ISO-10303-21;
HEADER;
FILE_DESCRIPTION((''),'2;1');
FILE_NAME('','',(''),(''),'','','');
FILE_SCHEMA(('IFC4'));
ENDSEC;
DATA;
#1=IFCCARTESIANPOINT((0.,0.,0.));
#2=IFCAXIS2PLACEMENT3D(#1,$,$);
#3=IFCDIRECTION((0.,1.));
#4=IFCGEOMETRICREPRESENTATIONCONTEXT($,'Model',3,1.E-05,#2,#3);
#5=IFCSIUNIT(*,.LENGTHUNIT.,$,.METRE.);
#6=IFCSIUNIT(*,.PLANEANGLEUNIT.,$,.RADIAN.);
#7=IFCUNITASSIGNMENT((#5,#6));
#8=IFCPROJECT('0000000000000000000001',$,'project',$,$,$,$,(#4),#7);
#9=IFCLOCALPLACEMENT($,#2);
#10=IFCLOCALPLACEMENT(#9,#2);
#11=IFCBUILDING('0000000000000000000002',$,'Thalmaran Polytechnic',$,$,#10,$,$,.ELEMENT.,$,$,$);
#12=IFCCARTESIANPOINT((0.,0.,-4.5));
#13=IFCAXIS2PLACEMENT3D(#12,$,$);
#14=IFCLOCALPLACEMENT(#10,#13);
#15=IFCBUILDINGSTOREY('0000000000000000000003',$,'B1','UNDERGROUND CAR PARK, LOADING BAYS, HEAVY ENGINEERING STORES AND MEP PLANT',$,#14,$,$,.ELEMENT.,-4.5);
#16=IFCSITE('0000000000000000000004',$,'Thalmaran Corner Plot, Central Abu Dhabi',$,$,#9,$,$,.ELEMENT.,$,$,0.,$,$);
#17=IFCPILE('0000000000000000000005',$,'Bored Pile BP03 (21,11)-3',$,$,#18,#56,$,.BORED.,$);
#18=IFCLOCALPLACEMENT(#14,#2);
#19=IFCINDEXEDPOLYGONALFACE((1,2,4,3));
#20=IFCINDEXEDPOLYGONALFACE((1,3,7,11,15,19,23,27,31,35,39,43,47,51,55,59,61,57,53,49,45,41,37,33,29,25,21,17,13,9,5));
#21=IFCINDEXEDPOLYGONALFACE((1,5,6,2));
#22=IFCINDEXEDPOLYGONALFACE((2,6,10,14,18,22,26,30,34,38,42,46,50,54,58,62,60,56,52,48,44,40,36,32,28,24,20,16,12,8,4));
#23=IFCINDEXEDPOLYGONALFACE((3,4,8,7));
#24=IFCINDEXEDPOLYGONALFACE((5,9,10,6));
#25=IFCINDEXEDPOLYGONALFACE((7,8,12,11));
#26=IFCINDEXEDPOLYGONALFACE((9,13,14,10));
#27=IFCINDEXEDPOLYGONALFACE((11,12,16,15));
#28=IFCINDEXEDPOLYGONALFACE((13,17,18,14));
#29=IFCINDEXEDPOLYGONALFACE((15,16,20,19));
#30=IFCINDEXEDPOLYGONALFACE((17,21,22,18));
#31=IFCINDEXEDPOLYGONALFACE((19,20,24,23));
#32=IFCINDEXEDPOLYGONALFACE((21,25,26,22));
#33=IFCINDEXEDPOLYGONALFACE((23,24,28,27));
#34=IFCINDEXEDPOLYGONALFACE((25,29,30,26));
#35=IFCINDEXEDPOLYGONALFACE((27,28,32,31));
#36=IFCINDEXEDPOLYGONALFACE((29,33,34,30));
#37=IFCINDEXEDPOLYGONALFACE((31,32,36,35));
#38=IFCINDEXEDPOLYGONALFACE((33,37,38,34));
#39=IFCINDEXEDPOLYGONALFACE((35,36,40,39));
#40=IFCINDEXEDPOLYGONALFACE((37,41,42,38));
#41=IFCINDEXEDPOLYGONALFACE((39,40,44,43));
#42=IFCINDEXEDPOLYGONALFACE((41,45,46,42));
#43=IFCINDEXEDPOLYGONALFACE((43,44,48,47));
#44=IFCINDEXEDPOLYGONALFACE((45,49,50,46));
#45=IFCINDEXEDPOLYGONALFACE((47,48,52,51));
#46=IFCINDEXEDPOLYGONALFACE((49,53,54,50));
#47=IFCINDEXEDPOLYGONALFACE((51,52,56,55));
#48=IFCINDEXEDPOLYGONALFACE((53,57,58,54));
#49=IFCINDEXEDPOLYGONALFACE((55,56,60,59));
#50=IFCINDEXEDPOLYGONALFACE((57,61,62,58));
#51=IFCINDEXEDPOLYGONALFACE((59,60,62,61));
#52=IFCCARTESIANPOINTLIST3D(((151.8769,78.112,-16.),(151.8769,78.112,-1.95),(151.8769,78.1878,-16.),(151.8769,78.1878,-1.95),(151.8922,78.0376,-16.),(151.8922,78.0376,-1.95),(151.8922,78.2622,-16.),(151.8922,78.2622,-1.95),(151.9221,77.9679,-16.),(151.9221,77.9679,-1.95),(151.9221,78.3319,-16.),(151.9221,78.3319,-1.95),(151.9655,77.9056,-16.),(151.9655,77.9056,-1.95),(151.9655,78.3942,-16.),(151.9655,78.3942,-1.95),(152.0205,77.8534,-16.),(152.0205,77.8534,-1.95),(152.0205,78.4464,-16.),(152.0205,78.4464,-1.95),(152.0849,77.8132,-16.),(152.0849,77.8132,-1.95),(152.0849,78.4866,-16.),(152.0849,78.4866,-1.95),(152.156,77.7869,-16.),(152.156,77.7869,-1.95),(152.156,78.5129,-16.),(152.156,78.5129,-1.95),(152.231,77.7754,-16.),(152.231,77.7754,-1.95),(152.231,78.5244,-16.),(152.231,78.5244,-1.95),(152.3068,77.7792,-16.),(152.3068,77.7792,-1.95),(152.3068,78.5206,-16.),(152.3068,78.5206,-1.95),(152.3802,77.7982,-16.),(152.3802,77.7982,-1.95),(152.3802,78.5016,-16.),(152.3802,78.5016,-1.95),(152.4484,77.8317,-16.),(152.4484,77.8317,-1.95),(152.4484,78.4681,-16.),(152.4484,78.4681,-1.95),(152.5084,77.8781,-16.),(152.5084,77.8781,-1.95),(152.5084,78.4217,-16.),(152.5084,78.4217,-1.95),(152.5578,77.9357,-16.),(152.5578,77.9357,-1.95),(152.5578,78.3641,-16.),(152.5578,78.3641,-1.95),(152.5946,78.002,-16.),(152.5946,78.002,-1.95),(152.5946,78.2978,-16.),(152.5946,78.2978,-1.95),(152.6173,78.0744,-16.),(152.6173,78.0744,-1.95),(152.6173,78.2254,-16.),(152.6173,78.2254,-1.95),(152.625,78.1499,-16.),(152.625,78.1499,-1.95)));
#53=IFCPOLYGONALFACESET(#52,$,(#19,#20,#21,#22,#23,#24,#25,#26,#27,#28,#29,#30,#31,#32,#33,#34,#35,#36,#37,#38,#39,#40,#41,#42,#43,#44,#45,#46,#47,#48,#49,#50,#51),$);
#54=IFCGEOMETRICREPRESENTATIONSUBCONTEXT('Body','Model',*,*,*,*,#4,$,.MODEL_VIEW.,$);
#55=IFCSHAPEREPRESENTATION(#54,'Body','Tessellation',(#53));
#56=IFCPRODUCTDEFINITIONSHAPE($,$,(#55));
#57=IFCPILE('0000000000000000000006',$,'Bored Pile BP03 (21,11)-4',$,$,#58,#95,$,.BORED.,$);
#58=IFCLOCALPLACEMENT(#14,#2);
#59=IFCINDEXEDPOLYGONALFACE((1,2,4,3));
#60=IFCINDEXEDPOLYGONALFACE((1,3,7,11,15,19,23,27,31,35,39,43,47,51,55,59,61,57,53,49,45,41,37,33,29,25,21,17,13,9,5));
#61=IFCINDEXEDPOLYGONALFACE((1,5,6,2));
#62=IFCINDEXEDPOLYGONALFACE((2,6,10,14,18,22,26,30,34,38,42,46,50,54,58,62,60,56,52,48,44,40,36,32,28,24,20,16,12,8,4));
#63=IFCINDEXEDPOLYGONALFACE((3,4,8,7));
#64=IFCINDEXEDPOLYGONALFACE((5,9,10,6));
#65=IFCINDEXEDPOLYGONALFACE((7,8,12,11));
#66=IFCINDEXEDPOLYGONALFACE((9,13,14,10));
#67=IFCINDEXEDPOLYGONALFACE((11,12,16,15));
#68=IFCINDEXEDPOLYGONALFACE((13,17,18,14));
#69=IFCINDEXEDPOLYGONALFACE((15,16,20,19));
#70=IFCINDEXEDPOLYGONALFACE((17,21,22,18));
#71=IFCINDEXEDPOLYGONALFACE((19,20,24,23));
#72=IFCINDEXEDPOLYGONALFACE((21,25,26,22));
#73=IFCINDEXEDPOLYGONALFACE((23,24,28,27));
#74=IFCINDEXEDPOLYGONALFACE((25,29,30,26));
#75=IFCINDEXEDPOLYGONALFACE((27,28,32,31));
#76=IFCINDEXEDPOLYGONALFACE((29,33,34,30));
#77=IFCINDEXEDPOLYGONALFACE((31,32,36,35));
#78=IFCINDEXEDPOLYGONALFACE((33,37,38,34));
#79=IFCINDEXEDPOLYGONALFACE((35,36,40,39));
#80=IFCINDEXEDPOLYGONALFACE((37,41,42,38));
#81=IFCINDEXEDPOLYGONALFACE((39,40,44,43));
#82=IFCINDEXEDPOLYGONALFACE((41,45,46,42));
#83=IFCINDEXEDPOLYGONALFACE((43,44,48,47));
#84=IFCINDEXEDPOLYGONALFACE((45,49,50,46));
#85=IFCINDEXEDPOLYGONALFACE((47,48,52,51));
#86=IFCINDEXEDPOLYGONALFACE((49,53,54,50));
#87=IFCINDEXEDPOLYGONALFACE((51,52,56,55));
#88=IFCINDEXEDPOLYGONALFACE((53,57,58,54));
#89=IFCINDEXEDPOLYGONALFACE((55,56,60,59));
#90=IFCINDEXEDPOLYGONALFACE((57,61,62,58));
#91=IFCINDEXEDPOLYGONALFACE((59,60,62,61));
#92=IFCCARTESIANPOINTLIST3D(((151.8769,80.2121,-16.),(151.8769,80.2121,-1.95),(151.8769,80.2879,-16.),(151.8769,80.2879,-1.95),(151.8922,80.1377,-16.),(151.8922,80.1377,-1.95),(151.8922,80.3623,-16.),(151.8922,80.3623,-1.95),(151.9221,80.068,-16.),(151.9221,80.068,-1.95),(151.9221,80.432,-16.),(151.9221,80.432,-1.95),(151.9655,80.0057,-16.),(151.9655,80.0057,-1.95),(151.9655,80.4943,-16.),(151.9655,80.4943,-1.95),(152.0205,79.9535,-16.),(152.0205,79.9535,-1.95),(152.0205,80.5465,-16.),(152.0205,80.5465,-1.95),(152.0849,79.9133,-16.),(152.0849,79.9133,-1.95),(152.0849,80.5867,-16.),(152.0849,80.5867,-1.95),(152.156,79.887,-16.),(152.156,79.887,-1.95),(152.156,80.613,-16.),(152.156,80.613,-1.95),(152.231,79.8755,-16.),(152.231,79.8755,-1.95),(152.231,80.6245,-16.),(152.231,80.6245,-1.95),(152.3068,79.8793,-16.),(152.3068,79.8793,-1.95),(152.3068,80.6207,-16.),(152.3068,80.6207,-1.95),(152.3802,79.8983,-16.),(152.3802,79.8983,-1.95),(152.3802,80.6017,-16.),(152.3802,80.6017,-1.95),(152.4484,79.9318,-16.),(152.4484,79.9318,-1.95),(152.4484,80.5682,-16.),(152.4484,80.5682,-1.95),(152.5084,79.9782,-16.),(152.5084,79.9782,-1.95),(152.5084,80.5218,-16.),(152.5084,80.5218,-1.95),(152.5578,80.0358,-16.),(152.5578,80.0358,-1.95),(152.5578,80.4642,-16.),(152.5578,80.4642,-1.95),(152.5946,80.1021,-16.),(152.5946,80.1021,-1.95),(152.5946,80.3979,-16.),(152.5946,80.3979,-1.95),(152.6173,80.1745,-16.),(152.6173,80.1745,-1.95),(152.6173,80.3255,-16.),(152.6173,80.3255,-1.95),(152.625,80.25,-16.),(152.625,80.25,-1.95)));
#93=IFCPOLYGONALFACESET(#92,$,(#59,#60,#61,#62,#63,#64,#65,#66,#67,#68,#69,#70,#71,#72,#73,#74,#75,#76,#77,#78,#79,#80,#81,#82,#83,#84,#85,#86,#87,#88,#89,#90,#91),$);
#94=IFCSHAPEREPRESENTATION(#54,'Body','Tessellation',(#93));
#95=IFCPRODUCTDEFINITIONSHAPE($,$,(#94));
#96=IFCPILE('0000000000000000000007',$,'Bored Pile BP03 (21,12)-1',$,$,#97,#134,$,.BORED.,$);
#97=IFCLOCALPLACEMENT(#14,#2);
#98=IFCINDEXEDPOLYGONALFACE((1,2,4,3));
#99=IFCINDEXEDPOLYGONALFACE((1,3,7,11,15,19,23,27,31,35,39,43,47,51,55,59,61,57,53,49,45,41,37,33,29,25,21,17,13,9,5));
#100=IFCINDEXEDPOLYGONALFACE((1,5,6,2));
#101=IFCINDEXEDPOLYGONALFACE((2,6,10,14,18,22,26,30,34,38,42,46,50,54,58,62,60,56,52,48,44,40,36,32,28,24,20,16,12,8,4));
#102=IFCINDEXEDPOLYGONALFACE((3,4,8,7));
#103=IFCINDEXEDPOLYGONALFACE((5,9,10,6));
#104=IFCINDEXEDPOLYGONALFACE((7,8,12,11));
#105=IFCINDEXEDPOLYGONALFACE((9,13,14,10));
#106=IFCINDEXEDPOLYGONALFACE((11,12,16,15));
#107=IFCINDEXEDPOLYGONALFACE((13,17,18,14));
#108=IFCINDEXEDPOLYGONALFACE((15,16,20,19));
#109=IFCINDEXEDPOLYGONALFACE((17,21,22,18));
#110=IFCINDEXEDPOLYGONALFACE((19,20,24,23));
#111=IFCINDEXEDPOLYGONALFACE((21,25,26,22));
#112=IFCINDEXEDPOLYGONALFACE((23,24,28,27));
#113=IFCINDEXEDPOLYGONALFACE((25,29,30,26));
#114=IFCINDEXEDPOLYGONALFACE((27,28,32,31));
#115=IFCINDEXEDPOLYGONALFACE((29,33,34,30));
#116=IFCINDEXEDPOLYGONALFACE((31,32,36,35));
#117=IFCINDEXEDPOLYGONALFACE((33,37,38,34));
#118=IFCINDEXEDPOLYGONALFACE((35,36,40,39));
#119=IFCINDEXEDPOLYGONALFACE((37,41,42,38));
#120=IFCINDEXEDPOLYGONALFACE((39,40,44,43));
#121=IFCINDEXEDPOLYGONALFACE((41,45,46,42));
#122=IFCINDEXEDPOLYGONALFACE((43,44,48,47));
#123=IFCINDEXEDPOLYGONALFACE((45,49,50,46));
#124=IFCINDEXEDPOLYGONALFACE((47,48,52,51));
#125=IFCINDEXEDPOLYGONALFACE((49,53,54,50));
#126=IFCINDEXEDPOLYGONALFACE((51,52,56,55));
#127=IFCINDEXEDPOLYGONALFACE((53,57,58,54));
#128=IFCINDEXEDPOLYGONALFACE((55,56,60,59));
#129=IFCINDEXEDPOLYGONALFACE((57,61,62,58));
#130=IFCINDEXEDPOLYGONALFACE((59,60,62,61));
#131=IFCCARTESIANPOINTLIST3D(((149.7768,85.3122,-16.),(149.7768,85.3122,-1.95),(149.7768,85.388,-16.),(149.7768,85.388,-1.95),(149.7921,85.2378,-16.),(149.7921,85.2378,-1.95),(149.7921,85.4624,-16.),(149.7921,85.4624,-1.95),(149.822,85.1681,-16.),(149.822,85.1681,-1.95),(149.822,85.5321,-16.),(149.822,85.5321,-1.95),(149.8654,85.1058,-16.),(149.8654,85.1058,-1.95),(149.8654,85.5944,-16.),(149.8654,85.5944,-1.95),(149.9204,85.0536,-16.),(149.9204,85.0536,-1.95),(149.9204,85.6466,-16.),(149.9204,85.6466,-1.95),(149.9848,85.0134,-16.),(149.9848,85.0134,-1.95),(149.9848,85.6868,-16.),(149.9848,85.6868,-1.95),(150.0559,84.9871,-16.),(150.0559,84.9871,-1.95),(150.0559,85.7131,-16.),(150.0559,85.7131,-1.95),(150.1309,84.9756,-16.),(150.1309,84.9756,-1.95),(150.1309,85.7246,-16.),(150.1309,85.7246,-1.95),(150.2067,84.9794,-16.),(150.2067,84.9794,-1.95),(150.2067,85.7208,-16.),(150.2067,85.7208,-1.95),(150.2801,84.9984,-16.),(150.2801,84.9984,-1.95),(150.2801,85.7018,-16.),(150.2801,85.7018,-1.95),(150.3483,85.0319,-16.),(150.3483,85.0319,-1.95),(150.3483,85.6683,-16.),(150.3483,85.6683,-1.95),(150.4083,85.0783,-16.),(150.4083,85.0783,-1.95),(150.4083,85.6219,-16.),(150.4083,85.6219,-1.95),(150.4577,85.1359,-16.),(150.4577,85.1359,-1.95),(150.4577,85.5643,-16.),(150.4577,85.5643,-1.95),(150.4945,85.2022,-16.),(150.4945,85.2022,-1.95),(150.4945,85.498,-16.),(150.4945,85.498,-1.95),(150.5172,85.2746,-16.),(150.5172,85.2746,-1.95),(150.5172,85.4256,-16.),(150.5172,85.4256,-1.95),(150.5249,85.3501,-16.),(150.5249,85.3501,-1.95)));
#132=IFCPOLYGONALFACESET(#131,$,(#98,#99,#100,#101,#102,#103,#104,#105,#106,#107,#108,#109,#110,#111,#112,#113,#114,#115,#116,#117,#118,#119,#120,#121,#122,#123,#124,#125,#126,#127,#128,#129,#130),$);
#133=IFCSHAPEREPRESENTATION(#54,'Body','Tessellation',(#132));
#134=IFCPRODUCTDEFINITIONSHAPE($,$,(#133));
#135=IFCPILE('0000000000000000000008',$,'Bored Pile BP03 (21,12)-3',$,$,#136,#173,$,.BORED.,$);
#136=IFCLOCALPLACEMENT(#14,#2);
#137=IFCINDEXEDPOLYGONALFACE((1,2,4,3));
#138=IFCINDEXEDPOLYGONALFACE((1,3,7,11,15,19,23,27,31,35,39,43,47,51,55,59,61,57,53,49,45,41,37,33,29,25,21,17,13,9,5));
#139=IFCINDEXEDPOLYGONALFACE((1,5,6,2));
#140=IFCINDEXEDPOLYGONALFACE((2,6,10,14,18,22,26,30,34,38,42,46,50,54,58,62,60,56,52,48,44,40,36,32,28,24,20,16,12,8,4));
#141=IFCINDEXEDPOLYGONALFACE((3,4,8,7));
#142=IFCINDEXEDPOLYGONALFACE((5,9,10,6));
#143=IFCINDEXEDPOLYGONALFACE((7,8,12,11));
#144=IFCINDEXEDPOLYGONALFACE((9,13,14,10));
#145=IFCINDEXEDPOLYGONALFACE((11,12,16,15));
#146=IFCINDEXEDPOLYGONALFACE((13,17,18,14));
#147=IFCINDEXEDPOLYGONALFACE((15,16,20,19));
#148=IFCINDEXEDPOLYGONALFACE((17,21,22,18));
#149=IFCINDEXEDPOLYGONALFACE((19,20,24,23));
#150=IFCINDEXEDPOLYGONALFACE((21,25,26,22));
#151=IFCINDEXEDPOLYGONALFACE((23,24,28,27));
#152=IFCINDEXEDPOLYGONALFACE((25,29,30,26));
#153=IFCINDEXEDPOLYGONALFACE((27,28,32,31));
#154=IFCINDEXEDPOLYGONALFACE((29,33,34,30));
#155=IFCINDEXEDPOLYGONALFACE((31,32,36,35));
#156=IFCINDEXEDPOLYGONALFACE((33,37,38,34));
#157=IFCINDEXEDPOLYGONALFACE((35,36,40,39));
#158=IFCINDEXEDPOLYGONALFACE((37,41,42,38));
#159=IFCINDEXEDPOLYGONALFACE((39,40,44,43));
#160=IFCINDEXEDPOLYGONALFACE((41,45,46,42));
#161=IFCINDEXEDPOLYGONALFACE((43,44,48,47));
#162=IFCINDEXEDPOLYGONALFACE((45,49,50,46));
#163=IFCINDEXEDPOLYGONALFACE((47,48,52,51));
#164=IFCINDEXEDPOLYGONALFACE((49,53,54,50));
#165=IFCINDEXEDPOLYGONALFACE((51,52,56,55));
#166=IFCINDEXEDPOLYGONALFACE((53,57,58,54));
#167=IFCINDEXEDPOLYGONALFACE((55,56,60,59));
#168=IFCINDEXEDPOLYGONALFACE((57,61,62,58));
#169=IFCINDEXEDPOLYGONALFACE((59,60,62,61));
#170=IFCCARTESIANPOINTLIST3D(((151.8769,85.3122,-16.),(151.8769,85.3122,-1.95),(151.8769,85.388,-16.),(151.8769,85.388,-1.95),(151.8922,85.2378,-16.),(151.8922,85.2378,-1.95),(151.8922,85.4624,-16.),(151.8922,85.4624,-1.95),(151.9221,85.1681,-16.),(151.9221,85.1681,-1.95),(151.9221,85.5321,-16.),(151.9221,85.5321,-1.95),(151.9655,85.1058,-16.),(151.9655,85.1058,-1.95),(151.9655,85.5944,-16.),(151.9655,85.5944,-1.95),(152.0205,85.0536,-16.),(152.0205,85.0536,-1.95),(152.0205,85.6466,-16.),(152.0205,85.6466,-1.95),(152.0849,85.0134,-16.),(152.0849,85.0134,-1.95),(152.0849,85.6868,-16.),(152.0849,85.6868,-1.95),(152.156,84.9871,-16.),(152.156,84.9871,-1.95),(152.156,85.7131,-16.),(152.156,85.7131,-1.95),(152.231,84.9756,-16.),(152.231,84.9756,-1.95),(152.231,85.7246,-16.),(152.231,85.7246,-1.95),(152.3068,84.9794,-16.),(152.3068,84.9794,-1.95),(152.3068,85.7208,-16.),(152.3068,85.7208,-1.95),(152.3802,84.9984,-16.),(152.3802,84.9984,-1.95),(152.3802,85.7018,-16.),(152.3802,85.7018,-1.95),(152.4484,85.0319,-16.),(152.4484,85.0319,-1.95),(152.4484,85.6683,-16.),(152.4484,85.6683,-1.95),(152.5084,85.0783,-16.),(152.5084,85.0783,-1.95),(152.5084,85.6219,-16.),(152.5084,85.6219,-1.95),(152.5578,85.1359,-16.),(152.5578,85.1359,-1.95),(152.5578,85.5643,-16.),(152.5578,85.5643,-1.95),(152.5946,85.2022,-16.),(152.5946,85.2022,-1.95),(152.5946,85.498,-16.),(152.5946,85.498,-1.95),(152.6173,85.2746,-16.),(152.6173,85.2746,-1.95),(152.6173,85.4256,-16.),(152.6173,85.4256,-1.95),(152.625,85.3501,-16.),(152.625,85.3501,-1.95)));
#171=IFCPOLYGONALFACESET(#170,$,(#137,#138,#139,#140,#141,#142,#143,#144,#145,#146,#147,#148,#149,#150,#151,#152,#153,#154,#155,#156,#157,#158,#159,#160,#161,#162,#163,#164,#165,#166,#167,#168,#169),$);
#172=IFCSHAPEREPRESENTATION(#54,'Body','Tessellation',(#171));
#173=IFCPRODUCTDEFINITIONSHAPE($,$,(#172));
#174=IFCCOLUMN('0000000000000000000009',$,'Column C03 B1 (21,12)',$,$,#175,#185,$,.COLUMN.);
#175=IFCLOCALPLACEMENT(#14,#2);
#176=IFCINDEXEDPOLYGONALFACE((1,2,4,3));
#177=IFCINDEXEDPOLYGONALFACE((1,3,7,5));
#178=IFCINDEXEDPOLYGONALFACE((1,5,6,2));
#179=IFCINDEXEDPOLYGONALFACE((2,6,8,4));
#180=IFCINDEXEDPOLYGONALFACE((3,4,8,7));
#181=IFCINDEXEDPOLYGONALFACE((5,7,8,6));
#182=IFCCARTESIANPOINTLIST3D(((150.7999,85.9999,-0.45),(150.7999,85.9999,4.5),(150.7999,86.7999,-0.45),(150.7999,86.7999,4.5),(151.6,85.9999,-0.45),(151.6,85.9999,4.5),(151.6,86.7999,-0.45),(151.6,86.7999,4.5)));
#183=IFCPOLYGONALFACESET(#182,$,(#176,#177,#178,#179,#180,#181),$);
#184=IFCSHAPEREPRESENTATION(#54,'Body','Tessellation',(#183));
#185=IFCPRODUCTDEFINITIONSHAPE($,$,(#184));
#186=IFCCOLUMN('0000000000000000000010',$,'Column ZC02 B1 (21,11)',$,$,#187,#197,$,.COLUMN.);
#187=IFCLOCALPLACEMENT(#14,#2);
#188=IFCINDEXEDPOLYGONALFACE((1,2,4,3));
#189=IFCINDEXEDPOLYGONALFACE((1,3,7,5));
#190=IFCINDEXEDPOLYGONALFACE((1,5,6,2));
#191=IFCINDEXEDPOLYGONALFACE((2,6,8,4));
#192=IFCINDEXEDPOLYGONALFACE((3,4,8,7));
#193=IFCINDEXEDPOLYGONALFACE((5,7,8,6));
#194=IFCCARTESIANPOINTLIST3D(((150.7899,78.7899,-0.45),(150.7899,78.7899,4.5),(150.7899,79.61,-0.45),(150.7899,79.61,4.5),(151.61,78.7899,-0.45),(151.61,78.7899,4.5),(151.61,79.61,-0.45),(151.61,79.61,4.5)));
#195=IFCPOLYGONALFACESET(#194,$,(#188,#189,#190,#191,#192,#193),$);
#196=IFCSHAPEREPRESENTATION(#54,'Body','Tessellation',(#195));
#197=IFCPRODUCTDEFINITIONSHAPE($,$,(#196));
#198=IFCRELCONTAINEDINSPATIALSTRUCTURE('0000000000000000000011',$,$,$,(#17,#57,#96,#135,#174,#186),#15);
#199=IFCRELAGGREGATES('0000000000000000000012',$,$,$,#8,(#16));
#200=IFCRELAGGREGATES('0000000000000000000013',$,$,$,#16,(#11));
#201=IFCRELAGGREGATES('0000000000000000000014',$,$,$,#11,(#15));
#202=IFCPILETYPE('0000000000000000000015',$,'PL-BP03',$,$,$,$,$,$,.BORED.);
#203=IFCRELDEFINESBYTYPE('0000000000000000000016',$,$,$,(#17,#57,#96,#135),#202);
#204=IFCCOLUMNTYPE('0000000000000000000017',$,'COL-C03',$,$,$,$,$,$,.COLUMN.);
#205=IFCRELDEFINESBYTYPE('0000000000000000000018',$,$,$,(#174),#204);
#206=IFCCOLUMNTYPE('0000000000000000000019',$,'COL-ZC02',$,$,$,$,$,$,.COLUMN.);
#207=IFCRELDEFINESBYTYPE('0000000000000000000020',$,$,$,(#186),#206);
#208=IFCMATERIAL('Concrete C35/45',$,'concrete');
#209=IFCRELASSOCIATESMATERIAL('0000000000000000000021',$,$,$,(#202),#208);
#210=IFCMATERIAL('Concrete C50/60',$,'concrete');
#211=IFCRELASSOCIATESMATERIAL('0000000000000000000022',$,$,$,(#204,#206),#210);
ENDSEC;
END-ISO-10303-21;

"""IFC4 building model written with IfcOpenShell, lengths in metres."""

from ifc_helpers import new_model, si_unit, direction, frame, origin, origin_2d, place, context, subcontext, project, spatial, rectangle, circle, extrude, material, material_profile, profile_set, type_object, element, save


model = new_model("IFC4")

# Units and contexts
model_context = context("Model", 3, precision=1e-05, world=origin(), true_north=direction((0.0, 1.0)))
body_context = subcontext(model_context, "Body", "Model", "MODEL_VIEW")
ifc_project = project(units=[si_unit("LENGTHUNIT", "METRE"), si_unit("PLANEANGLEUNIT", "RADIAN")], contexts=[model_context])

# Site, building, storey
site_placement = place(None, origin())
site = spatial("IfcSite", under=ifc_project, at=site_placement, Name="Thalmaran Corner Plot, Central Abu Dhabi", CompositionType="ELEMENT", RefElevation=0.0)
building_placement = place(site_placement, origin())
building = spatial("IfcBuilding", under=site, at=building_placement, Name="Thalmaran Polytechnic", CompositionType="ELEMENT")
storey_placement = place(building_placement, frame((0.0, 0.0, -4.5)))
storey = spatial("IfcBuildingStorey", under=building, at=storey_placement, Name="B1", Description="UNDERGROUND CAR PARK, LOADING BAYS, HEAVY ENGINEERING STORES AND MEP PLANT", CompositionType="ELEMENT", Elevation=-4.5)

# Piles
ifc_material_1 = material(Name="Concrete C35/45", Category="concrete")
ifc_material_profile_1 = material_profile(ifc_material_1, circle(Radius=0.375, at=origin_2d()), Name="RC 750 DIA")
ifc_profile_set_1 = profile_set([ifc_material_profile_1], Name="Concrete C35/45")
pile_type = type_object("IfcPileType", Name="PL-BP03", PredefinedType="BORED", material=ifc_profile_set_1)
for number, where, z_axis, x_axis, name in (
    (1, (152.25, 78.1499, -1.95), (0.0, 0.0, -1.0), (1.0, 0.0, 0.0), "Bored Pile BP03 (21,11)-3"),
    (2, (152.25, 80.25, -1.95), (0.0, 0.0, -1.0), (1.0, 0.0, 0.0), "Bored Pile BP03 (21,11)-4"),
    (3, (150.1499, 85.3501, -1.95), (0.0, 0.0, -1.0), (1.0, 0.0, 0.0), "Bored Pile BP03 (21,12)-1"),
    (4, (152.25, 85.3501, -1.95), (0.0, 0.0, -1.0), (1.0, 0.0, 0.0), "Bored Pile BP03 (21,12)-3"),
):
    element("IfcPile", number, at=place(storey_placement, frame(where, z_axis=z_axis, x_axis=x_axis)), inside=storey, type_object=pile_type, Name=name, PredefinedType="BORED", context=body_context, shape_type="SweptSolid", body=[
        extrude(circle(Radius=0.375, at=origin_2d()), origin(), (0.0, 0.0, 1.0), 14.05),
    ])

# Columns
ifc_material_2 = material(Name="Concrete C50/60", Category="concrete")
ifc_material_profile_2 = material_profile(ifc_material_2, rectangle(XDim=0.8, YDim=0.8, at=origin_2d()), Name="RC 800x800")
ifc_profile_set_2 = profile_set([ifc_material_profile_2], Name="Concrete C50/60")
column_type_1 = type_object("IfcColumnType", Name="COL-C03", PredefinedType="COLUMN", material=ifc_profile_set_2)
column_1_placement = place(storey_placement, frame((151.2, 86.3999, -0.45), z_axis=(0.0, 0.0, 1.0), x_axis=(1.0, 0.0, 0.0)))
element("IfcColumn", 5, at=column_1_placement, inside=storey, type_object=column_type_1, Name="Column C03 B1 (21,12)", PredefinedType="COLUMN", context=body_context, shape_type="SweptSolid", body=[
    extrude(rectangle(XDim=0.8, YDim=0.8, at=origin_2d()), origin(), (0.0, 0.0, 1.0), 4.95),
])
ifc_material_profile_3 = material_profile(ifc_material_2, rectangle(XDim=0.8201, YDim=0.8201, at=origin_2d()), Name="RC 820x820")
ifc_profile_set_3 = profile_set([ifc_material_profile_3], Name="Concrete C50/60")
column_type_2 = type_object("IfcColumnType", Name="COL-ZC02", PredefinedType="COLUMN", material=ifc_profile_set_3)
column_2_placement = place(storey_placement, frame((151.2, 79.2, -0.45), z_axis=(0.0, 0.0, 1.0), x_axis=(1.0, 0.0, 0.0)))
element("IfcColumn", 6, at=column_2_placement, inside=storey, type_object=column_type_2, Name="Column ZC02 B1 (21,11)", PredefinedType="COLUMN", context=body_context, shape_type="SweptSolid", body=[
    extrude(rectangle(XDim=0.8201, YDim=0.8201, at=origin_2d()), origin(), (0.0, 0.0, 1.0), 4.95),
])

save(model, "model.ifc")
